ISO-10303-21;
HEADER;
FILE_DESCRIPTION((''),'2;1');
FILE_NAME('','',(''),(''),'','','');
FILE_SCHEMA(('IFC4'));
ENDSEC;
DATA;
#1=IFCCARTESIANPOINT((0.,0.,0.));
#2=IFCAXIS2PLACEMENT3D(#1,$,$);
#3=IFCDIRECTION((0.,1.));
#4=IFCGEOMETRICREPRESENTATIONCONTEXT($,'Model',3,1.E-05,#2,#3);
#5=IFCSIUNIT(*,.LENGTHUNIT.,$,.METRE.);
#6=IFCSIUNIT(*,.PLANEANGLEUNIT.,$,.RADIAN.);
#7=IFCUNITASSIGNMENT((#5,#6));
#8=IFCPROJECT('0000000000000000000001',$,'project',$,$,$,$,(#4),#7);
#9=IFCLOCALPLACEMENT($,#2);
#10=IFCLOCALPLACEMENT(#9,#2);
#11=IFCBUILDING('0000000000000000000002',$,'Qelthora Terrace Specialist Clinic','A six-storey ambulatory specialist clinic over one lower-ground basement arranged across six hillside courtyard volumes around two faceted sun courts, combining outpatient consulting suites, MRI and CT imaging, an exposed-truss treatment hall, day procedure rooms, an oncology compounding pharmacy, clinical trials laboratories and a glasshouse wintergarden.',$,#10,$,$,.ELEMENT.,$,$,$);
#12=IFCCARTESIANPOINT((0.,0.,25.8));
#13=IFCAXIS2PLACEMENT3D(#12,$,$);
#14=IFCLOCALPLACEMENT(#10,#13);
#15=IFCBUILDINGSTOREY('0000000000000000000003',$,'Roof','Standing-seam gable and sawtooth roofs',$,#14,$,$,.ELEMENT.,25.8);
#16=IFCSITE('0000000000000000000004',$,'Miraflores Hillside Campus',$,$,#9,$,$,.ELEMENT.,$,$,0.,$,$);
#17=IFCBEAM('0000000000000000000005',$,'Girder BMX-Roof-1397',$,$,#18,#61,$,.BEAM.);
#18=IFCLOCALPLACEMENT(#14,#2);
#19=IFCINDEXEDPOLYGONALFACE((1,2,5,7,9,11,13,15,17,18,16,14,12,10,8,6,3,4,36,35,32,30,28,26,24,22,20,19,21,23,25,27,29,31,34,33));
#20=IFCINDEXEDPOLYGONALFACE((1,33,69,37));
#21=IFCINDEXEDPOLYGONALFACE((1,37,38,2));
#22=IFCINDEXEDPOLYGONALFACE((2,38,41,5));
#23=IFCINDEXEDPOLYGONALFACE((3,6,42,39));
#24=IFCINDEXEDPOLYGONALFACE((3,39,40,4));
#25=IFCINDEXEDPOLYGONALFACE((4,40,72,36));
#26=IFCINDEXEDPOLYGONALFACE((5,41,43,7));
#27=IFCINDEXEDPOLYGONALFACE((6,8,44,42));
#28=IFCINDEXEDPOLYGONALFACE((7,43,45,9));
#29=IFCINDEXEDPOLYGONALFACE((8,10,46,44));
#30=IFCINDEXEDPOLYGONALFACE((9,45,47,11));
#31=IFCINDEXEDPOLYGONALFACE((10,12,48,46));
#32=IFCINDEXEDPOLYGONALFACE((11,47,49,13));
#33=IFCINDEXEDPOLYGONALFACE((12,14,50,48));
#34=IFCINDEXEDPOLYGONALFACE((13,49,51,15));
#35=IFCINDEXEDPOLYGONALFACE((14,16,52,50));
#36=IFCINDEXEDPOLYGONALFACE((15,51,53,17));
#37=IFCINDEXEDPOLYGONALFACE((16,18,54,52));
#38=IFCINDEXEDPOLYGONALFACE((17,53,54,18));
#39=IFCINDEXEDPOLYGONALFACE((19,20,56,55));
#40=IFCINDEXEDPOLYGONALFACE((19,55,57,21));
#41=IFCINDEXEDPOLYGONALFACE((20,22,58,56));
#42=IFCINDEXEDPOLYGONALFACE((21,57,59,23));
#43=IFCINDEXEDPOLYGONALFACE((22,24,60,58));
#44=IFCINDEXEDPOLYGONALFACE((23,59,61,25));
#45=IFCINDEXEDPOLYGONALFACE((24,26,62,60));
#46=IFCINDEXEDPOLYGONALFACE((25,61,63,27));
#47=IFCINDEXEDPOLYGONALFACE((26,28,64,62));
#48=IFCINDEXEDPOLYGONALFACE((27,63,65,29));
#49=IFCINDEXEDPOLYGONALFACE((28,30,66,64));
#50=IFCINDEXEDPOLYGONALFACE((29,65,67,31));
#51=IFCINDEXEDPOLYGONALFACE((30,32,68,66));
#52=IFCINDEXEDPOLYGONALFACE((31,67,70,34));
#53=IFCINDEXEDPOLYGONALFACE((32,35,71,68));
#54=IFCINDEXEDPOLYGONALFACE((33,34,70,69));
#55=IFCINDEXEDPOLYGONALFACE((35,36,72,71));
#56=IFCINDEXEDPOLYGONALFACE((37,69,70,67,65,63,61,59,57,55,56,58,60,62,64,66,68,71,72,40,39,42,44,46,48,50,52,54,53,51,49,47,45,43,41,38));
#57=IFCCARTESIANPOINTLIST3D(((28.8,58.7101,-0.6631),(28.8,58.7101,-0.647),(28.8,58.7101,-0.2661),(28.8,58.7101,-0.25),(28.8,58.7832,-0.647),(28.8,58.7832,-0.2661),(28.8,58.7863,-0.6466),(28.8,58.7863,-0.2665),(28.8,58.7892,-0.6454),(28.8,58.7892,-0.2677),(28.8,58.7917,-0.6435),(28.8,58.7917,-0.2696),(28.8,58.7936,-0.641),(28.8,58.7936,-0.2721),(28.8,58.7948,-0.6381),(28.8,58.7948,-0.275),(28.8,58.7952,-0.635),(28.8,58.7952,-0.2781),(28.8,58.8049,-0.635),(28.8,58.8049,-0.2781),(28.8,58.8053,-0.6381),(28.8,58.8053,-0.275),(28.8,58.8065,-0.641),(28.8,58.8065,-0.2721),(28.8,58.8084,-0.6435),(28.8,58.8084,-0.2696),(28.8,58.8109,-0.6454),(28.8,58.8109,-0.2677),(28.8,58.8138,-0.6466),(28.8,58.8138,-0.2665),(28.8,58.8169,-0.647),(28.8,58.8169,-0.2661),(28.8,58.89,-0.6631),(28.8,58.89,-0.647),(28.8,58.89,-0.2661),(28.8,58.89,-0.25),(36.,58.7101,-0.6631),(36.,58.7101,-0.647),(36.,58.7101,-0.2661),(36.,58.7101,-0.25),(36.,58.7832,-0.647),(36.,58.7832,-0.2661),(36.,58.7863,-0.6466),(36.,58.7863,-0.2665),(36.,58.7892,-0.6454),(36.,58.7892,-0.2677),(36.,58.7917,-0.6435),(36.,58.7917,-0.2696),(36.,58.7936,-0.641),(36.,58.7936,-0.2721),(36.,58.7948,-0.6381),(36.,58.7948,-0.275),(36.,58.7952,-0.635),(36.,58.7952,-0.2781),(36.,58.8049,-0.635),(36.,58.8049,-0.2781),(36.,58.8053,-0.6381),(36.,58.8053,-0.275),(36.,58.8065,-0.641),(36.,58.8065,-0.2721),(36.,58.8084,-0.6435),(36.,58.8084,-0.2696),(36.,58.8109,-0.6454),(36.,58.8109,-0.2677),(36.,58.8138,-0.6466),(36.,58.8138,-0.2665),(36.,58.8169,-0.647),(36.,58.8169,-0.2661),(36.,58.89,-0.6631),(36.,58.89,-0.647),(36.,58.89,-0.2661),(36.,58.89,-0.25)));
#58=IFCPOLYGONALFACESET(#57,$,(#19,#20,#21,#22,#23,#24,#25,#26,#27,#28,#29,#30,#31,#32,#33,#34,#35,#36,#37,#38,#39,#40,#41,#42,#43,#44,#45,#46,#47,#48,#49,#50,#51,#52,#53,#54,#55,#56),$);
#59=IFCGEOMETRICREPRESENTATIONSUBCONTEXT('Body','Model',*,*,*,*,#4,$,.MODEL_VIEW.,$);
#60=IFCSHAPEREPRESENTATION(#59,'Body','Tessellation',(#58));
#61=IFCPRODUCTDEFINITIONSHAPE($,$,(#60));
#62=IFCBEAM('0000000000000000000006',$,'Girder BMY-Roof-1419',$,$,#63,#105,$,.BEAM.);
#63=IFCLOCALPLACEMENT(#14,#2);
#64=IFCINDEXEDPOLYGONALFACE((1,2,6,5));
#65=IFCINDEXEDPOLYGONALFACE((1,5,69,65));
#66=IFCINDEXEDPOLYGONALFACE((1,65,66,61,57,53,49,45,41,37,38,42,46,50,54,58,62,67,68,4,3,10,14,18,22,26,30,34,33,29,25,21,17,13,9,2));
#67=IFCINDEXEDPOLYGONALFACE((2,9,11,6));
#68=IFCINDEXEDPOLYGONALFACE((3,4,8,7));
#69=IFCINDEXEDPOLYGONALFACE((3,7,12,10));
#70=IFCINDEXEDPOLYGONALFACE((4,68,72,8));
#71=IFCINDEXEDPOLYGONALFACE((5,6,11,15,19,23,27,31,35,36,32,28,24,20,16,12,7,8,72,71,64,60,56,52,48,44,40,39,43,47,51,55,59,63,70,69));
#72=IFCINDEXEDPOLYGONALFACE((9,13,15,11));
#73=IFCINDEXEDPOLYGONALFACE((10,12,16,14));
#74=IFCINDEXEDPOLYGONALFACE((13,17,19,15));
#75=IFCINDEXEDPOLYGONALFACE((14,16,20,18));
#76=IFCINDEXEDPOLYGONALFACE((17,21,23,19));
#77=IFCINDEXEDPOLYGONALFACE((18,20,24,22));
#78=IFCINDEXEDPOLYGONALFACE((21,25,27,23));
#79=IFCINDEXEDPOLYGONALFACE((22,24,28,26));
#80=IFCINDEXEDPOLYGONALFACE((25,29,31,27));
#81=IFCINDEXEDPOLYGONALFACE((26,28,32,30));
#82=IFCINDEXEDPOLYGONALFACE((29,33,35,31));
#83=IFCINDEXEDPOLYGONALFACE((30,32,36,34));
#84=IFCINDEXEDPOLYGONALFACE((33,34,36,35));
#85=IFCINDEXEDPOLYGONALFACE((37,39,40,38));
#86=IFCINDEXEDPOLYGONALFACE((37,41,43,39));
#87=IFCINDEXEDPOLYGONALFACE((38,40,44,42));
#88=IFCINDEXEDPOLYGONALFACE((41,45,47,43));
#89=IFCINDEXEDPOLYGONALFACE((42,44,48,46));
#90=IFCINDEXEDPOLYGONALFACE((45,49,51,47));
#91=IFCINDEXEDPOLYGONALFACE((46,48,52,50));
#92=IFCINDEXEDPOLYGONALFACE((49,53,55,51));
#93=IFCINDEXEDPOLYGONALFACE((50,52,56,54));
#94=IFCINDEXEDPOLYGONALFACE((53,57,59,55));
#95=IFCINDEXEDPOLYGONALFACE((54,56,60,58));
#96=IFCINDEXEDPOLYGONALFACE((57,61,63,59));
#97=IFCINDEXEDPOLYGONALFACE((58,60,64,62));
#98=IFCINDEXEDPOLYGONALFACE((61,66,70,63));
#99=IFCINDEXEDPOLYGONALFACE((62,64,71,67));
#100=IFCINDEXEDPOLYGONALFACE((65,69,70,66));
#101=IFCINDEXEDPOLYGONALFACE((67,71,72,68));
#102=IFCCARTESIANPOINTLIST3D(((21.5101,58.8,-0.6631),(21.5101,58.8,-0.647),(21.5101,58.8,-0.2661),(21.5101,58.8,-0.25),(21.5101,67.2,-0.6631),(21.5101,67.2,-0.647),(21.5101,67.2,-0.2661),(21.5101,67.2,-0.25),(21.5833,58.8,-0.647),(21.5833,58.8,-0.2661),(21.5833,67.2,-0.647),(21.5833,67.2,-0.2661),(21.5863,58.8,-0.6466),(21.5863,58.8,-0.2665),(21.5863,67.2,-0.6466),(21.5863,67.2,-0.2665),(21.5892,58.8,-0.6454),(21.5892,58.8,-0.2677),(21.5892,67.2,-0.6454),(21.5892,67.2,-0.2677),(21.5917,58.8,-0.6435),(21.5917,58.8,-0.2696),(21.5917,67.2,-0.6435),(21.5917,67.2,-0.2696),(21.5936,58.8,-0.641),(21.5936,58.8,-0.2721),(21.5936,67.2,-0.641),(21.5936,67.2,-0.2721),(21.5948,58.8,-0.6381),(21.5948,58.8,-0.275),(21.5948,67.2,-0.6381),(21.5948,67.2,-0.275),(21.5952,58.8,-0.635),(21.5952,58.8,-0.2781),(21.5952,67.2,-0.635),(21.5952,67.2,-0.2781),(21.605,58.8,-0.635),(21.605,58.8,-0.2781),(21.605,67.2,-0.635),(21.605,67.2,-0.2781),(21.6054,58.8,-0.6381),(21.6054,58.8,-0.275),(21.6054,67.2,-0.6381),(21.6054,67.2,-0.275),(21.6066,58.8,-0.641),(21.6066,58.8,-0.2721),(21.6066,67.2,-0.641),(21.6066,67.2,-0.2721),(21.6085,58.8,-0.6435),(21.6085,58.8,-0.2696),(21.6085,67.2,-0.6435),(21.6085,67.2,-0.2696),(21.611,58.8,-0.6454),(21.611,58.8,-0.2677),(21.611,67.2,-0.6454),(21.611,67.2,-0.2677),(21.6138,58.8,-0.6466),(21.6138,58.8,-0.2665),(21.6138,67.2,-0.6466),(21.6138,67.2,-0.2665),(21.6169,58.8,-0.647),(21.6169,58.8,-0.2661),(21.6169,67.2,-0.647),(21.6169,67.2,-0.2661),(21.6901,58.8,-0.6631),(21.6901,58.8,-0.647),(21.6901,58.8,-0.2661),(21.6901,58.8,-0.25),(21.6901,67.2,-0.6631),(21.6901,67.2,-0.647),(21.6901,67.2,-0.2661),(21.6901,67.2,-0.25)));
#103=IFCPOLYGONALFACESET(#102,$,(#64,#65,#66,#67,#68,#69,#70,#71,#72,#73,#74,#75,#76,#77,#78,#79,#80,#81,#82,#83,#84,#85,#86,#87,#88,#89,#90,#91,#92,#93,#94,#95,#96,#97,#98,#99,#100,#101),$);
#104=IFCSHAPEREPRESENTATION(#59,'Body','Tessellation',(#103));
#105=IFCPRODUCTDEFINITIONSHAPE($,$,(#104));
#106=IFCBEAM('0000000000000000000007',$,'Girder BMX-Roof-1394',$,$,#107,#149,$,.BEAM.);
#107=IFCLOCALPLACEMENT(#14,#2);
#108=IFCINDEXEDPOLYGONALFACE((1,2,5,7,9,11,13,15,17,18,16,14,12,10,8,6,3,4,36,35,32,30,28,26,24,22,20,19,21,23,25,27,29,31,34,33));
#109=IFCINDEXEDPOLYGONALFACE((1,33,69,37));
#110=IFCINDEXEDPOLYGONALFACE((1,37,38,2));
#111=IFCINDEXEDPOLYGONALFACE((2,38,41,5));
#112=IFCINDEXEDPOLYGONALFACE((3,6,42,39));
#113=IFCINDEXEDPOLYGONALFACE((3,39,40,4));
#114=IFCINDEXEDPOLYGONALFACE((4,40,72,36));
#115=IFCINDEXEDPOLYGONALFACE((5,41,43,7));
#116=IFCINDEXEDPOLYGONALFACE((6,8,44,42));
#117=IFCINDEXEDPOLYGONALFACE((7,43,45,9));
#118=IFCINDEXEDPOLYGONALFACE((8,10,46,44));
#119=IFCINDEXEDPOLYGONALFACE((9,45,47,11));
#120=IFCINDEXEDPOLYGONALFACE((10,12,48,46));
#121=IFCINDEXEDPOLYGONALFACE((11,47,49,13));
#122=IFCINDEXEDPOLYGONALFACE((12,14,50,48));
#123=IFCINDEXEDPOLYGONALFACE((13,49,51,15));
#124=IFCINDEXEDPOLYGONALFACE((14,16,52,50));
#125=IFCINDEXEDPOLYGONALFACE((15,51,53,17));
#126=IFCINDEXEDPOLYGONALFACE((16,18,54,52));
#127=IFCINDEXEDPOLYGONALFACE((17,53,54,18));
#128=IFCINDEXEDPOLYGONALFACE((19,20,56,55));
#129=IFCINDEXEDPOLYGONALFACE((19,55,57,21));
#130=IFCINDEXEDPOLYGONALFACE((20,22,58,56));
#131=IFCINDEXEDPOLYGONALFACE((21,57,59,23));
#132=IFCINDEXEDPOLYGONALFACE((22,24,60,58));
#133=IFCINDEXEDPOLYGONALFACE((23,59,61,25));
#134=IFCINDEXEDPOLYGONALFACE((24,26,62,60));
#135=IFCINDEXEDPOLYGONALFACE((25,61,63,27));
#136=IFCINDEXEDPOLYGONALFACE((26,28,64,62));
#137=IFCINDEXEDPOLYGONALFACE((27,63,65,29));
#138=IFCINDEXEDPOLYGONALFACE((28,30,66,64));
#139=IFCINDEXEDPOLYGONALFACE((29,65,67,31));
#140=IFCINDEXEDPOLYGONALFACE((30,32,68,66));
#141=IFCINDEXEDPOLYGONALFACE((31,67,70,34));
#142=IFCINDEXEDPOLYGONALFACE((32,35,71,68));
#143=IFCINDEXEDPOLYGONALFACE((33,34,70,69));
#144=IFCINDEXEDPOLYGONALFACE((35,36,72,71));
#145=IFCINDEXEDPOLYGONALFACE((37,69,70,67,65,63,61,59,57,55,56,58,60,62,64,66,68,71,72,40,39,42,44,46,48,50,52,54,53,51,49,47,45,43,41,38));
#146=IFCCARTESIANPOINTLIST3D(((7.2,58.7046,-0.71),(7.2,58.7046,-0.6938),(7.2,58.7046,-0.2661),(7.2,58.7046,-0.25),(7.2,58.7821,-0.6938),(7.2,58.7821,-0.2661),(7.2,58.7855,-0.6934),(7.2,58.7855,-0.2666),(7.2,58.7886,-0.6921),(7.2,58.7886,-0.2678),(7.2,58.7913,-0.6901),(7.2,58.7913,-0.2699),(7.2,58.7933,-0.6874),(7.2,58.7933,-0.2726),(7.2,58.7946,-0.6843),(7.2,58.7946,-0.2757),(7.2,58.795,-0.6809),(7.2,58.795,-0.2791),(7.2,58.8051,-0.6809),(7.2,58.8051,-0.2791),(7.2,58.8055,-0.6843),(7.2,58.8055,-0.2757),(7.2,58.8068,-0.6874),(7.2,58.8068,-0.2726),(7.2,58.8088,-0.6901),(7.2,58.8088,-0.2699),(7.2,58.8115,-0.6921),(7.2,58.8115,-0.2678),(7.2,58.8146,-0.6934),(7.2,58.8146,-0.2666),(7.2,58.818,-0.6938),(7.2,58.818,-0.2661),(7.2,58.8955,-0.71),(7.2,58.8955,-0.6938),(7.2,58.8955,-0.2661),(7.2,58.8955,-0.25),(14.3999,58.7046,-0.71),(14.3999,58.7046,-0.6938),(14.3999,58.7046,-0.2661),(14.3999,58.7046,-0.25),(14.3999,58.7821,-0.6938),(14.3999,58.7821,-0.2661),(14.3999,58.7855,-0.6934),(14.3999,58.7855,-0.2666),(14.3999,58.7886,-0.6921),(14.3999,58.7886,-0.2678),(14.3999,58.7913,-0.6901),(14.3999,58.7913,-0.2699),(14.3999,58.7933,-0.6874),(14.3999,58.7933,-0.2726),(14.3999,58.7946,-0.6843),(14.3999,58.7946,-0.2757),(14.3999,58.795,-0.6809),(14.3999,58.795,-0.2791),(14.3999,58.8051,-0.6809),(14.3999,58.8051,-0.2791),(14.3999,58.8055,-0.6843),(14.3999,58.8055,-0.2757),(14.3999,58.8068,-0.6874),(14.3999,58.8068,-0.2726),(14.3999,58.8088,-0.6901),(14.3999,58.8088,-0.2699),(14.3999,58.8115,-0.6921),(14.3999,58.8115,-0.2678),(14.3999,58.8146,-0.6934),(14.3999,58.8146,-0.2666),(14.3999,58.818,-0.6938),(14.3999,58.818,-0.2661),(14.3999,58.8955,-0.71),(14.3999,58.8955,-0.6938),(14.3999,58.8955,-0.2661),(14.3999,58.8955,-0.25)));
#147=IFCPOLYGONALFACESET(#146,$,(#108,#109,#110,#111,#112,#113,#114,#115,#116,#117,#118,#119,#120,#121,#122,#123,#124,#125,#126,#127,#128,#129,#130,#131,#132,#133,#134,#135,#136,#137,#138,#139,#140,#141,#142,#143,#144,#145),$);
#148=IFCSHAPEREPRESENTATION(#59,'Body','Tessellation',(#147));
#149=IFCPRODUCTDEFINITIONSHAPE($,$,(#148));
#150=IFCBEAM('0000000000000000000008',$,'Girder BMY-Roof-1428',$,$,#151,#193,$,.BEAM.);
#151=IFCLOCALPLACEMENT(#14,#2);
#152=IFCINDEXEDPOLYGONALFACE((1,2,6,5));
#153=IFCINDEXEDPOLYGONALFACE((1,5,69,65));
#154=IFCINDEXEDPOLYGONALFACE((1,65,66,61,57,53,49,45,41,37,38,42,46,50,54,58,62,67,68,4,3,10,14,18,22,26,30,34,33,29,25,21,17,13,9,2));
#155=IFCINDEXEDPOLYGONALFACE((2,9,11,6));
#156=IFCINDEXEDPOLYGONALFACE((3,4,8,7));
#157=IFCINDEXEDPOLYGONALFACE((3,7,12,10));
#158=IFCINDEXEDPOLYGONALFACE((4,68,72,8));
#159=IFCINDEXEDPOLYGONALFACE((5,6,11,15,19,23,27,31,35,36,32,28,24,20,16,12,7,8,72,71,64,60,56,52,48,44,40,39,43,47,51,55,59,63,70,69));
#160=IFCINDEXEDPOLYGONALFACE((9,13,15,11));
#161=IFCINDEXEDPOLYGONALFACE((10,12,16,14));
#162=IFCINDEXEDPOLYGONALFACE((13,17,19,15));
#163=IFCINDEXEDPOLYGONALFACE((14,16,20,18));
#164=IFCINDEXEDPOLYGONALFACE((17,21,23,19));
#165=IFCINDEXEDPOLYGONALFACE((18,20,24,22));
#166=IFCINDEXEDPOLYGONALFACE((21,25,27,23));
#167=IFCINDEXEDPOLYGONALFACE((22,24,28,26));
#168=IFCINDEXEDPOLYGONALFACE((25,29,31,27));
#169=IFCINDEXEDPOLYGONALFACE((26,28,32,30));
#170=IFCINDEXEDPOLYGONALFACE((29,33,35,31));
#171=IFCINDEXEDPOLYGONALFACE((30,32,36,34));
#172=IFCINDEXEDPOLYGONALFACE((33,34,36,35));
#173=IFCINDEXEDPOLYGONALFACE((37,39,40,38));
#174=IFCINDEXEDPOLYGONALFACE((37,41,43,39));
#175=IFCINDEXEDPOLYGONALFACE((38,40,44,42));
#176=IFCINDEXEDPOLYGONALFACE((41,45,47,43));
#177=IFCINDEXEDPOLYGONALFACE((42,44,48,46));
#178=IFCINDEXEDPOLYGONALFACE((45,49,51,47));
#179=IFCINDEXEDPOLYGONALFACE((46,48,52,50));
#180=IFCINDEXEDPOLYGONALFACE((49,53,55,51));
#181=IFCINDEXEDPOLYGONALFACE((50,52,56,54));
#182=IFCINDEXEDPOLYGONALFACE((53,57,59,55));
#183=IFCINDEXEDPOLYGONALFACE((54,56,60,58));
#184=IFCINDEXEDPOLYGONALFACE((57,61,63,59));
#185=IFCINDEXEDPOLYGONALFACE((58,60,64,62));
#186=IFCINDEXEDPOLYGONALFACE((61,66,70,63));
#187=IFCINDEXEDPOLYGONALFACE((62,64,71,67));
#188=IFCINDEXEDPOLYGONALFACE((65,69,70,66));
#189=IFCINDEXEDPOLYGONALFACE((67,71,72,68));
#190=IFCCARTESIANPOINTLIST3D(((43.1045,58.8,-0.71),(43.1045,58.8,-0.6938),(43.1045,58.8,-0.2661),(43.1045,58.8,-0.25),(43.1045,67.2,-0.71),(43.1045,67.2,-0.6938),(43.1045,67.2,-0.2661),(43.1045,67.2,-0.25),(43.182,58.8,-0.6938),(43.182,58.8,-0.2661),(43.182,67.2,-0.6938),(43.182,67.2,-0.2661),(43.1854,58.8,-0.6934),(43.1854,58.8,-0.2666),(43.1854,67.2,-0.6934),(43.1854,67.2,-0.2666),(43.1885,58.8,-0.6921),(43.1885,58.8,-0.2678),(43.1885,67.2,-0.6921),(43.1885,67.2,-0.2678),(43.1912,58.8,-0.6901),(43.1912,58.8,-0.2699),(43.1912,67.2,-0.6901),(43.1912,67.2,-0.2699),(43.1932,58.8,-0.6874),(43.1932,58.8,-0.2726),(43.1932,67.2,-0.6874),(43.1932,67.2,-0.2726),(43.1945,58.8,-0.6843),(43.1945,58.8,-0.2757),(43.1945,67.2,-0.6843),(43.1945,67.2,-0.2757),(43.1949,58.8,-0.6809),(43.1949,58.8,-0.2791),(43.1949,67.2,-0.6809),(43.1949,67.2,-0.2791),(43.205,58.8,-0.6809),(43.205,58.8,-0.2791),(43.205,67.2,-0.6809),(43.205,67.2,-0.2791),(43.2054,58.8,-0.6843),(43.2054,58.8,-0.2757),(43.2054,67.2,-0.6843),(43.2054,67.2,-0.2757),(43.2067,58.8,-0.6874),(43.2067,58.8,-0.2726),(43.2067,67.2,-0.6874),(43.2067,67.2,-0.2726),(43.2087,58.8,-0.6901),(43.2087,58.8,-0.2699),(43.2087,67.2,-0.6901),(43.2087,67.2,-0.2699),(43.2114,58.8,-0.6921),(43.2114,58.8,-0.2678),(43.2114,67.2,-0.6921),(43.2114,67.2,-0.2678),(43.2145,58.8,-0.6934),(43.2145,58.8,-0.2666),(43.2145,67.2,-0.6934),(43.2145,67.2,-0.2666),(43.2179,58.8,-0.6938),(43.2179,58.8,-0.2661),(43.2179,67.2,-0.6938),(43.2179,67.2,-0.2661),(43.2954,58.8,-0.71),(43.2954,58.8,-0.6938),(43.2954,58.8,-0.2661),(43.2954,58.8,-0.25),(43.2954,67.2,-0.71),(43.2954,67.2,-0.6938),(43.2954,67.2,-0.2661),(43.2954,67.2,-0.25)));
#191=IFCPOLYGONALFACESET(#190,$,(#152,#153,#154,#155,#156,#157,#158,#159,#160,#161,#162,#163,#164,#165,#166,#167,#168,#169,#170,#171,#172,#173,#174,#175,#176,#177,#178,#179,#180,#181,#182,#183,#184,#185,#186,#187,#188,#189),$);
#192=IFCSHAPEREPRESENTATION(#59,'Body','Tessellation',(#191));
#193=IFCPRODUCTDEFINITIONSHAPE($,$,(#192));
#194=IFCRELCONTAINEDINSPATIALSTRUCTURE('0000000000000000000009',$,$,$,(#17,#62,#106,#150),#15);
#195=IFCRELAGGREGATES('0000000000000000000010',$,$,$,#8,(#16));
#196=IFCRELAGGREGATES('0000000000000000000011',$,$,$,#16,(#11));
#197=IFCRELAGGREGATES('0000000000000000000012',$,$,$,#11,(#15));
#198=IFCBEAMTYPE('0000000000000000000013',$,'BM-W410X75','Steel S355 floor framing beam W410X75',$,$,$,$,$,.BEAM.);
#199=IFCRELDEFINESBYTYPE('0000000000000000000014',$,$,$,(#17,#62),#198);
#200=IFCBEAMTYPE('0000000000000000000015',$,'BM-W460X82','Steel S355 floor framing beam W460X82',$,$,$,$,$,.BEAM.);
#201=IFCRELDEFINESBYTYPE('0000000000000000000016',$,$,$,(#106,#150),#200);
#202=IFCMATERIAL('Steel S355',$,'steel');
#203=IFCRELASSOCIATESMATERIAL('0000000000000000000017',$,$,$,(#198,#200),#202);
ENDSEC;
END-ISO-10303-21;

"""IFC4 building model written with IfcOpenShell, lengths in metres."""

from ifc_helpers import new_model, si_unit, direction, frame, origin, origin_2d, place, context, subcontext, project, spatial, i_section, extrude, material, material_profile, profile_set, type_object, element, save


model = new_model("IFC4")

# Units and contexts
model_context = context("Model", 3, precision=1e-05, world=origin(), true_north=direction((0.0, 1.0)))
body_context = subcontext(model_context, "Body", "Model", "MODEL_VIEW")
ifc_project = project(units=[si_unit("LENGTHUNIT", "METRE"), si_unit("PLANEANGLEUNIT", "RADIAN")], contexts=[model_context])

# Site, building, storey
site_placement = place(None, origin())
site = spatial("IfcSite", under=ifc_project, at=site_placement, Name="Miraflores Hillside Campus", CompositionType="ELEMENT", RefElevation=0.0)
building_placement = place(site_placement, origin())
building = spatial("IfcBuilding", under=site, at=building_placement, Name="Qelthora Terrace Specialist Clinic", Description="A six-storey ambulatory specialist clinic over one lower-ground basement arranged across six hillside courtyard volumes around two faceted sun courts, combining outpatient consulting suites, MRI and CT imaging, an exposed-truss treatment hall, day procedure rooms, an oncology compounding pharmacy, clinical trials laboratories and a glasshouse wintergarden.", CompositionType="ELEMENT")
storey_placement = place(building_placement, frame((0.0, 0.0, 25.8)))
storey = spatial("IfcBuildingStorey", under=building, at=storey_placement, Name="Roof", Description="Standing-seam gable and sawtooth roofs", CompositionType="ELEMENT", Elevation=25.8)

# Beams
ifc_material_1 = material(Name="Steel S355", Category="steel")
ifc_material_profile_1 = material_profile(ifc_material_1, i_section(OverallWidth=0.1799, OverallDepth=0.4131, WebThickness=0.0098, FlangeThickness=0.0161, FilletRadius=0.012, at=origin_2d()), Name="W410X75")
ifc_profile_set_1 = profile_set([ifc_material_profile_1], Name="Steel S355")
beam_type_1 = type_object("IfcBeamType", Name="BM-W410X75", Description="Steel S355 floor framing beam W410X75", PredefinedType="BEAM", material=ifc_profile_set_1)
beam_1_placement = place(storey_placement, frame((28.8, 58.8, -0.4565), z_axis=(1.0, 0.0, 0.0), x_axis=(0.0, 1.0, 0.0)))
element("IfcBeam", 1, at=beam_1_placement, inside=storey, type_object=beam_type_1, Name="Girder BMX-Roof-1397", PredefinedType="BEAM", context=body_context, shape_type="SweptSolid", body=[
    extrude(i_section(OverallWidth=0.1799, OverallDepth=0.4131, WebThickness=0.0098, FlangeThickness=0.0161, FilletRadius=0.012, at=origin_2d()), origin(), (0.0, 0.0, 1.0), 7.2),
])
beam_2_placement = place(storey_placement, frame((21.6001, 58.8, -0.4565), z_axis=(0.0, 1.0, 0.0), x_axis=(-1.0, 0.0, 0.0)))
element("IfcBeam", 2, at=beam_2_placement, inside=storey, type_object=beam_type_1, Name="Girder BMY-Roof-1419", PredefinedType="BEAM", context=body_context, shape_type="SweptSolid", body=[
    extrude(i_section(OverallWidth=0.1799, OverallDepth=0.4131, WebThickness=0.0098, FlangeThickness=0.0161, FilletRadius=0.012, at=origin_2d()), origin(), (0.0, 0.0, 1.0), 8.3999),
])
ifc_material_profile_2 = material_profile(ifc_material_1, i_section(OverallWidth=0.1909, OverallDepth=0.46, WebThickness=0.01, FlangeThickness=0.0161, FilletRadius=0.0129, at=origin_2d()), Name="W460X82")
ifc_profile_set_2 = profile_set([ifc_material_profile_2], Name="Steel S355")
beam_type_2 = type_object("IfcBeamType", Name="BM-W460X82", Description="Steel S355 floor framing beam W460X82", PredefinedType="BEAM", material=ifc_profile_set_2)
beam_3_placement = place(storey_placement, frame((7.2, 58.8, -0.48), z_axis=(1.0, 0.0, 0.0), x_axis=(0.0, 1.0, 0.0)))
element("IfcBeam", 3, at=beam_3_placement, inside=storey, type_object=beam_type_2, Name="Girder BMX-Roof-1394", PredefinedType="BEAM", context=body_context, shape_type="SweptSolid", body=[
    extrude(i_section(OverallWidth=0.1909, OverallDepth=0.46, WebThickness=0.01, FlangeThickness=0.0161, FilletRadius=0.0129, at=origin_2d()), origin(), (0.0, 0.0, 1.0), 7.2),
])
beam_4_placement = place(storey_placement, frame((43.2, 58.8, -0.48), z_axis=(0.0, 1.0, 0.0), x_axis=(-1.0, 0.0, 0.0)))
element("IfcBeam", 4, at=beam_4_placement, inside=storey, type_object=beam_type_2, Name="Girder BMY-Roof-1428", PredefinedType="BEAM", context=body_context, shape_type="SweptSolid", body=[
    extrude(i_section(OverallWidth=0.1909, OverallDepth=0.46, WebThickness=0.01, FlangeThickness=0.0161, FilletRadius=0.0129, at=origin_2d()), origin(), (0.0, 0.0, 1.0), 8.3999),
])

save(model, "model.ifc")
